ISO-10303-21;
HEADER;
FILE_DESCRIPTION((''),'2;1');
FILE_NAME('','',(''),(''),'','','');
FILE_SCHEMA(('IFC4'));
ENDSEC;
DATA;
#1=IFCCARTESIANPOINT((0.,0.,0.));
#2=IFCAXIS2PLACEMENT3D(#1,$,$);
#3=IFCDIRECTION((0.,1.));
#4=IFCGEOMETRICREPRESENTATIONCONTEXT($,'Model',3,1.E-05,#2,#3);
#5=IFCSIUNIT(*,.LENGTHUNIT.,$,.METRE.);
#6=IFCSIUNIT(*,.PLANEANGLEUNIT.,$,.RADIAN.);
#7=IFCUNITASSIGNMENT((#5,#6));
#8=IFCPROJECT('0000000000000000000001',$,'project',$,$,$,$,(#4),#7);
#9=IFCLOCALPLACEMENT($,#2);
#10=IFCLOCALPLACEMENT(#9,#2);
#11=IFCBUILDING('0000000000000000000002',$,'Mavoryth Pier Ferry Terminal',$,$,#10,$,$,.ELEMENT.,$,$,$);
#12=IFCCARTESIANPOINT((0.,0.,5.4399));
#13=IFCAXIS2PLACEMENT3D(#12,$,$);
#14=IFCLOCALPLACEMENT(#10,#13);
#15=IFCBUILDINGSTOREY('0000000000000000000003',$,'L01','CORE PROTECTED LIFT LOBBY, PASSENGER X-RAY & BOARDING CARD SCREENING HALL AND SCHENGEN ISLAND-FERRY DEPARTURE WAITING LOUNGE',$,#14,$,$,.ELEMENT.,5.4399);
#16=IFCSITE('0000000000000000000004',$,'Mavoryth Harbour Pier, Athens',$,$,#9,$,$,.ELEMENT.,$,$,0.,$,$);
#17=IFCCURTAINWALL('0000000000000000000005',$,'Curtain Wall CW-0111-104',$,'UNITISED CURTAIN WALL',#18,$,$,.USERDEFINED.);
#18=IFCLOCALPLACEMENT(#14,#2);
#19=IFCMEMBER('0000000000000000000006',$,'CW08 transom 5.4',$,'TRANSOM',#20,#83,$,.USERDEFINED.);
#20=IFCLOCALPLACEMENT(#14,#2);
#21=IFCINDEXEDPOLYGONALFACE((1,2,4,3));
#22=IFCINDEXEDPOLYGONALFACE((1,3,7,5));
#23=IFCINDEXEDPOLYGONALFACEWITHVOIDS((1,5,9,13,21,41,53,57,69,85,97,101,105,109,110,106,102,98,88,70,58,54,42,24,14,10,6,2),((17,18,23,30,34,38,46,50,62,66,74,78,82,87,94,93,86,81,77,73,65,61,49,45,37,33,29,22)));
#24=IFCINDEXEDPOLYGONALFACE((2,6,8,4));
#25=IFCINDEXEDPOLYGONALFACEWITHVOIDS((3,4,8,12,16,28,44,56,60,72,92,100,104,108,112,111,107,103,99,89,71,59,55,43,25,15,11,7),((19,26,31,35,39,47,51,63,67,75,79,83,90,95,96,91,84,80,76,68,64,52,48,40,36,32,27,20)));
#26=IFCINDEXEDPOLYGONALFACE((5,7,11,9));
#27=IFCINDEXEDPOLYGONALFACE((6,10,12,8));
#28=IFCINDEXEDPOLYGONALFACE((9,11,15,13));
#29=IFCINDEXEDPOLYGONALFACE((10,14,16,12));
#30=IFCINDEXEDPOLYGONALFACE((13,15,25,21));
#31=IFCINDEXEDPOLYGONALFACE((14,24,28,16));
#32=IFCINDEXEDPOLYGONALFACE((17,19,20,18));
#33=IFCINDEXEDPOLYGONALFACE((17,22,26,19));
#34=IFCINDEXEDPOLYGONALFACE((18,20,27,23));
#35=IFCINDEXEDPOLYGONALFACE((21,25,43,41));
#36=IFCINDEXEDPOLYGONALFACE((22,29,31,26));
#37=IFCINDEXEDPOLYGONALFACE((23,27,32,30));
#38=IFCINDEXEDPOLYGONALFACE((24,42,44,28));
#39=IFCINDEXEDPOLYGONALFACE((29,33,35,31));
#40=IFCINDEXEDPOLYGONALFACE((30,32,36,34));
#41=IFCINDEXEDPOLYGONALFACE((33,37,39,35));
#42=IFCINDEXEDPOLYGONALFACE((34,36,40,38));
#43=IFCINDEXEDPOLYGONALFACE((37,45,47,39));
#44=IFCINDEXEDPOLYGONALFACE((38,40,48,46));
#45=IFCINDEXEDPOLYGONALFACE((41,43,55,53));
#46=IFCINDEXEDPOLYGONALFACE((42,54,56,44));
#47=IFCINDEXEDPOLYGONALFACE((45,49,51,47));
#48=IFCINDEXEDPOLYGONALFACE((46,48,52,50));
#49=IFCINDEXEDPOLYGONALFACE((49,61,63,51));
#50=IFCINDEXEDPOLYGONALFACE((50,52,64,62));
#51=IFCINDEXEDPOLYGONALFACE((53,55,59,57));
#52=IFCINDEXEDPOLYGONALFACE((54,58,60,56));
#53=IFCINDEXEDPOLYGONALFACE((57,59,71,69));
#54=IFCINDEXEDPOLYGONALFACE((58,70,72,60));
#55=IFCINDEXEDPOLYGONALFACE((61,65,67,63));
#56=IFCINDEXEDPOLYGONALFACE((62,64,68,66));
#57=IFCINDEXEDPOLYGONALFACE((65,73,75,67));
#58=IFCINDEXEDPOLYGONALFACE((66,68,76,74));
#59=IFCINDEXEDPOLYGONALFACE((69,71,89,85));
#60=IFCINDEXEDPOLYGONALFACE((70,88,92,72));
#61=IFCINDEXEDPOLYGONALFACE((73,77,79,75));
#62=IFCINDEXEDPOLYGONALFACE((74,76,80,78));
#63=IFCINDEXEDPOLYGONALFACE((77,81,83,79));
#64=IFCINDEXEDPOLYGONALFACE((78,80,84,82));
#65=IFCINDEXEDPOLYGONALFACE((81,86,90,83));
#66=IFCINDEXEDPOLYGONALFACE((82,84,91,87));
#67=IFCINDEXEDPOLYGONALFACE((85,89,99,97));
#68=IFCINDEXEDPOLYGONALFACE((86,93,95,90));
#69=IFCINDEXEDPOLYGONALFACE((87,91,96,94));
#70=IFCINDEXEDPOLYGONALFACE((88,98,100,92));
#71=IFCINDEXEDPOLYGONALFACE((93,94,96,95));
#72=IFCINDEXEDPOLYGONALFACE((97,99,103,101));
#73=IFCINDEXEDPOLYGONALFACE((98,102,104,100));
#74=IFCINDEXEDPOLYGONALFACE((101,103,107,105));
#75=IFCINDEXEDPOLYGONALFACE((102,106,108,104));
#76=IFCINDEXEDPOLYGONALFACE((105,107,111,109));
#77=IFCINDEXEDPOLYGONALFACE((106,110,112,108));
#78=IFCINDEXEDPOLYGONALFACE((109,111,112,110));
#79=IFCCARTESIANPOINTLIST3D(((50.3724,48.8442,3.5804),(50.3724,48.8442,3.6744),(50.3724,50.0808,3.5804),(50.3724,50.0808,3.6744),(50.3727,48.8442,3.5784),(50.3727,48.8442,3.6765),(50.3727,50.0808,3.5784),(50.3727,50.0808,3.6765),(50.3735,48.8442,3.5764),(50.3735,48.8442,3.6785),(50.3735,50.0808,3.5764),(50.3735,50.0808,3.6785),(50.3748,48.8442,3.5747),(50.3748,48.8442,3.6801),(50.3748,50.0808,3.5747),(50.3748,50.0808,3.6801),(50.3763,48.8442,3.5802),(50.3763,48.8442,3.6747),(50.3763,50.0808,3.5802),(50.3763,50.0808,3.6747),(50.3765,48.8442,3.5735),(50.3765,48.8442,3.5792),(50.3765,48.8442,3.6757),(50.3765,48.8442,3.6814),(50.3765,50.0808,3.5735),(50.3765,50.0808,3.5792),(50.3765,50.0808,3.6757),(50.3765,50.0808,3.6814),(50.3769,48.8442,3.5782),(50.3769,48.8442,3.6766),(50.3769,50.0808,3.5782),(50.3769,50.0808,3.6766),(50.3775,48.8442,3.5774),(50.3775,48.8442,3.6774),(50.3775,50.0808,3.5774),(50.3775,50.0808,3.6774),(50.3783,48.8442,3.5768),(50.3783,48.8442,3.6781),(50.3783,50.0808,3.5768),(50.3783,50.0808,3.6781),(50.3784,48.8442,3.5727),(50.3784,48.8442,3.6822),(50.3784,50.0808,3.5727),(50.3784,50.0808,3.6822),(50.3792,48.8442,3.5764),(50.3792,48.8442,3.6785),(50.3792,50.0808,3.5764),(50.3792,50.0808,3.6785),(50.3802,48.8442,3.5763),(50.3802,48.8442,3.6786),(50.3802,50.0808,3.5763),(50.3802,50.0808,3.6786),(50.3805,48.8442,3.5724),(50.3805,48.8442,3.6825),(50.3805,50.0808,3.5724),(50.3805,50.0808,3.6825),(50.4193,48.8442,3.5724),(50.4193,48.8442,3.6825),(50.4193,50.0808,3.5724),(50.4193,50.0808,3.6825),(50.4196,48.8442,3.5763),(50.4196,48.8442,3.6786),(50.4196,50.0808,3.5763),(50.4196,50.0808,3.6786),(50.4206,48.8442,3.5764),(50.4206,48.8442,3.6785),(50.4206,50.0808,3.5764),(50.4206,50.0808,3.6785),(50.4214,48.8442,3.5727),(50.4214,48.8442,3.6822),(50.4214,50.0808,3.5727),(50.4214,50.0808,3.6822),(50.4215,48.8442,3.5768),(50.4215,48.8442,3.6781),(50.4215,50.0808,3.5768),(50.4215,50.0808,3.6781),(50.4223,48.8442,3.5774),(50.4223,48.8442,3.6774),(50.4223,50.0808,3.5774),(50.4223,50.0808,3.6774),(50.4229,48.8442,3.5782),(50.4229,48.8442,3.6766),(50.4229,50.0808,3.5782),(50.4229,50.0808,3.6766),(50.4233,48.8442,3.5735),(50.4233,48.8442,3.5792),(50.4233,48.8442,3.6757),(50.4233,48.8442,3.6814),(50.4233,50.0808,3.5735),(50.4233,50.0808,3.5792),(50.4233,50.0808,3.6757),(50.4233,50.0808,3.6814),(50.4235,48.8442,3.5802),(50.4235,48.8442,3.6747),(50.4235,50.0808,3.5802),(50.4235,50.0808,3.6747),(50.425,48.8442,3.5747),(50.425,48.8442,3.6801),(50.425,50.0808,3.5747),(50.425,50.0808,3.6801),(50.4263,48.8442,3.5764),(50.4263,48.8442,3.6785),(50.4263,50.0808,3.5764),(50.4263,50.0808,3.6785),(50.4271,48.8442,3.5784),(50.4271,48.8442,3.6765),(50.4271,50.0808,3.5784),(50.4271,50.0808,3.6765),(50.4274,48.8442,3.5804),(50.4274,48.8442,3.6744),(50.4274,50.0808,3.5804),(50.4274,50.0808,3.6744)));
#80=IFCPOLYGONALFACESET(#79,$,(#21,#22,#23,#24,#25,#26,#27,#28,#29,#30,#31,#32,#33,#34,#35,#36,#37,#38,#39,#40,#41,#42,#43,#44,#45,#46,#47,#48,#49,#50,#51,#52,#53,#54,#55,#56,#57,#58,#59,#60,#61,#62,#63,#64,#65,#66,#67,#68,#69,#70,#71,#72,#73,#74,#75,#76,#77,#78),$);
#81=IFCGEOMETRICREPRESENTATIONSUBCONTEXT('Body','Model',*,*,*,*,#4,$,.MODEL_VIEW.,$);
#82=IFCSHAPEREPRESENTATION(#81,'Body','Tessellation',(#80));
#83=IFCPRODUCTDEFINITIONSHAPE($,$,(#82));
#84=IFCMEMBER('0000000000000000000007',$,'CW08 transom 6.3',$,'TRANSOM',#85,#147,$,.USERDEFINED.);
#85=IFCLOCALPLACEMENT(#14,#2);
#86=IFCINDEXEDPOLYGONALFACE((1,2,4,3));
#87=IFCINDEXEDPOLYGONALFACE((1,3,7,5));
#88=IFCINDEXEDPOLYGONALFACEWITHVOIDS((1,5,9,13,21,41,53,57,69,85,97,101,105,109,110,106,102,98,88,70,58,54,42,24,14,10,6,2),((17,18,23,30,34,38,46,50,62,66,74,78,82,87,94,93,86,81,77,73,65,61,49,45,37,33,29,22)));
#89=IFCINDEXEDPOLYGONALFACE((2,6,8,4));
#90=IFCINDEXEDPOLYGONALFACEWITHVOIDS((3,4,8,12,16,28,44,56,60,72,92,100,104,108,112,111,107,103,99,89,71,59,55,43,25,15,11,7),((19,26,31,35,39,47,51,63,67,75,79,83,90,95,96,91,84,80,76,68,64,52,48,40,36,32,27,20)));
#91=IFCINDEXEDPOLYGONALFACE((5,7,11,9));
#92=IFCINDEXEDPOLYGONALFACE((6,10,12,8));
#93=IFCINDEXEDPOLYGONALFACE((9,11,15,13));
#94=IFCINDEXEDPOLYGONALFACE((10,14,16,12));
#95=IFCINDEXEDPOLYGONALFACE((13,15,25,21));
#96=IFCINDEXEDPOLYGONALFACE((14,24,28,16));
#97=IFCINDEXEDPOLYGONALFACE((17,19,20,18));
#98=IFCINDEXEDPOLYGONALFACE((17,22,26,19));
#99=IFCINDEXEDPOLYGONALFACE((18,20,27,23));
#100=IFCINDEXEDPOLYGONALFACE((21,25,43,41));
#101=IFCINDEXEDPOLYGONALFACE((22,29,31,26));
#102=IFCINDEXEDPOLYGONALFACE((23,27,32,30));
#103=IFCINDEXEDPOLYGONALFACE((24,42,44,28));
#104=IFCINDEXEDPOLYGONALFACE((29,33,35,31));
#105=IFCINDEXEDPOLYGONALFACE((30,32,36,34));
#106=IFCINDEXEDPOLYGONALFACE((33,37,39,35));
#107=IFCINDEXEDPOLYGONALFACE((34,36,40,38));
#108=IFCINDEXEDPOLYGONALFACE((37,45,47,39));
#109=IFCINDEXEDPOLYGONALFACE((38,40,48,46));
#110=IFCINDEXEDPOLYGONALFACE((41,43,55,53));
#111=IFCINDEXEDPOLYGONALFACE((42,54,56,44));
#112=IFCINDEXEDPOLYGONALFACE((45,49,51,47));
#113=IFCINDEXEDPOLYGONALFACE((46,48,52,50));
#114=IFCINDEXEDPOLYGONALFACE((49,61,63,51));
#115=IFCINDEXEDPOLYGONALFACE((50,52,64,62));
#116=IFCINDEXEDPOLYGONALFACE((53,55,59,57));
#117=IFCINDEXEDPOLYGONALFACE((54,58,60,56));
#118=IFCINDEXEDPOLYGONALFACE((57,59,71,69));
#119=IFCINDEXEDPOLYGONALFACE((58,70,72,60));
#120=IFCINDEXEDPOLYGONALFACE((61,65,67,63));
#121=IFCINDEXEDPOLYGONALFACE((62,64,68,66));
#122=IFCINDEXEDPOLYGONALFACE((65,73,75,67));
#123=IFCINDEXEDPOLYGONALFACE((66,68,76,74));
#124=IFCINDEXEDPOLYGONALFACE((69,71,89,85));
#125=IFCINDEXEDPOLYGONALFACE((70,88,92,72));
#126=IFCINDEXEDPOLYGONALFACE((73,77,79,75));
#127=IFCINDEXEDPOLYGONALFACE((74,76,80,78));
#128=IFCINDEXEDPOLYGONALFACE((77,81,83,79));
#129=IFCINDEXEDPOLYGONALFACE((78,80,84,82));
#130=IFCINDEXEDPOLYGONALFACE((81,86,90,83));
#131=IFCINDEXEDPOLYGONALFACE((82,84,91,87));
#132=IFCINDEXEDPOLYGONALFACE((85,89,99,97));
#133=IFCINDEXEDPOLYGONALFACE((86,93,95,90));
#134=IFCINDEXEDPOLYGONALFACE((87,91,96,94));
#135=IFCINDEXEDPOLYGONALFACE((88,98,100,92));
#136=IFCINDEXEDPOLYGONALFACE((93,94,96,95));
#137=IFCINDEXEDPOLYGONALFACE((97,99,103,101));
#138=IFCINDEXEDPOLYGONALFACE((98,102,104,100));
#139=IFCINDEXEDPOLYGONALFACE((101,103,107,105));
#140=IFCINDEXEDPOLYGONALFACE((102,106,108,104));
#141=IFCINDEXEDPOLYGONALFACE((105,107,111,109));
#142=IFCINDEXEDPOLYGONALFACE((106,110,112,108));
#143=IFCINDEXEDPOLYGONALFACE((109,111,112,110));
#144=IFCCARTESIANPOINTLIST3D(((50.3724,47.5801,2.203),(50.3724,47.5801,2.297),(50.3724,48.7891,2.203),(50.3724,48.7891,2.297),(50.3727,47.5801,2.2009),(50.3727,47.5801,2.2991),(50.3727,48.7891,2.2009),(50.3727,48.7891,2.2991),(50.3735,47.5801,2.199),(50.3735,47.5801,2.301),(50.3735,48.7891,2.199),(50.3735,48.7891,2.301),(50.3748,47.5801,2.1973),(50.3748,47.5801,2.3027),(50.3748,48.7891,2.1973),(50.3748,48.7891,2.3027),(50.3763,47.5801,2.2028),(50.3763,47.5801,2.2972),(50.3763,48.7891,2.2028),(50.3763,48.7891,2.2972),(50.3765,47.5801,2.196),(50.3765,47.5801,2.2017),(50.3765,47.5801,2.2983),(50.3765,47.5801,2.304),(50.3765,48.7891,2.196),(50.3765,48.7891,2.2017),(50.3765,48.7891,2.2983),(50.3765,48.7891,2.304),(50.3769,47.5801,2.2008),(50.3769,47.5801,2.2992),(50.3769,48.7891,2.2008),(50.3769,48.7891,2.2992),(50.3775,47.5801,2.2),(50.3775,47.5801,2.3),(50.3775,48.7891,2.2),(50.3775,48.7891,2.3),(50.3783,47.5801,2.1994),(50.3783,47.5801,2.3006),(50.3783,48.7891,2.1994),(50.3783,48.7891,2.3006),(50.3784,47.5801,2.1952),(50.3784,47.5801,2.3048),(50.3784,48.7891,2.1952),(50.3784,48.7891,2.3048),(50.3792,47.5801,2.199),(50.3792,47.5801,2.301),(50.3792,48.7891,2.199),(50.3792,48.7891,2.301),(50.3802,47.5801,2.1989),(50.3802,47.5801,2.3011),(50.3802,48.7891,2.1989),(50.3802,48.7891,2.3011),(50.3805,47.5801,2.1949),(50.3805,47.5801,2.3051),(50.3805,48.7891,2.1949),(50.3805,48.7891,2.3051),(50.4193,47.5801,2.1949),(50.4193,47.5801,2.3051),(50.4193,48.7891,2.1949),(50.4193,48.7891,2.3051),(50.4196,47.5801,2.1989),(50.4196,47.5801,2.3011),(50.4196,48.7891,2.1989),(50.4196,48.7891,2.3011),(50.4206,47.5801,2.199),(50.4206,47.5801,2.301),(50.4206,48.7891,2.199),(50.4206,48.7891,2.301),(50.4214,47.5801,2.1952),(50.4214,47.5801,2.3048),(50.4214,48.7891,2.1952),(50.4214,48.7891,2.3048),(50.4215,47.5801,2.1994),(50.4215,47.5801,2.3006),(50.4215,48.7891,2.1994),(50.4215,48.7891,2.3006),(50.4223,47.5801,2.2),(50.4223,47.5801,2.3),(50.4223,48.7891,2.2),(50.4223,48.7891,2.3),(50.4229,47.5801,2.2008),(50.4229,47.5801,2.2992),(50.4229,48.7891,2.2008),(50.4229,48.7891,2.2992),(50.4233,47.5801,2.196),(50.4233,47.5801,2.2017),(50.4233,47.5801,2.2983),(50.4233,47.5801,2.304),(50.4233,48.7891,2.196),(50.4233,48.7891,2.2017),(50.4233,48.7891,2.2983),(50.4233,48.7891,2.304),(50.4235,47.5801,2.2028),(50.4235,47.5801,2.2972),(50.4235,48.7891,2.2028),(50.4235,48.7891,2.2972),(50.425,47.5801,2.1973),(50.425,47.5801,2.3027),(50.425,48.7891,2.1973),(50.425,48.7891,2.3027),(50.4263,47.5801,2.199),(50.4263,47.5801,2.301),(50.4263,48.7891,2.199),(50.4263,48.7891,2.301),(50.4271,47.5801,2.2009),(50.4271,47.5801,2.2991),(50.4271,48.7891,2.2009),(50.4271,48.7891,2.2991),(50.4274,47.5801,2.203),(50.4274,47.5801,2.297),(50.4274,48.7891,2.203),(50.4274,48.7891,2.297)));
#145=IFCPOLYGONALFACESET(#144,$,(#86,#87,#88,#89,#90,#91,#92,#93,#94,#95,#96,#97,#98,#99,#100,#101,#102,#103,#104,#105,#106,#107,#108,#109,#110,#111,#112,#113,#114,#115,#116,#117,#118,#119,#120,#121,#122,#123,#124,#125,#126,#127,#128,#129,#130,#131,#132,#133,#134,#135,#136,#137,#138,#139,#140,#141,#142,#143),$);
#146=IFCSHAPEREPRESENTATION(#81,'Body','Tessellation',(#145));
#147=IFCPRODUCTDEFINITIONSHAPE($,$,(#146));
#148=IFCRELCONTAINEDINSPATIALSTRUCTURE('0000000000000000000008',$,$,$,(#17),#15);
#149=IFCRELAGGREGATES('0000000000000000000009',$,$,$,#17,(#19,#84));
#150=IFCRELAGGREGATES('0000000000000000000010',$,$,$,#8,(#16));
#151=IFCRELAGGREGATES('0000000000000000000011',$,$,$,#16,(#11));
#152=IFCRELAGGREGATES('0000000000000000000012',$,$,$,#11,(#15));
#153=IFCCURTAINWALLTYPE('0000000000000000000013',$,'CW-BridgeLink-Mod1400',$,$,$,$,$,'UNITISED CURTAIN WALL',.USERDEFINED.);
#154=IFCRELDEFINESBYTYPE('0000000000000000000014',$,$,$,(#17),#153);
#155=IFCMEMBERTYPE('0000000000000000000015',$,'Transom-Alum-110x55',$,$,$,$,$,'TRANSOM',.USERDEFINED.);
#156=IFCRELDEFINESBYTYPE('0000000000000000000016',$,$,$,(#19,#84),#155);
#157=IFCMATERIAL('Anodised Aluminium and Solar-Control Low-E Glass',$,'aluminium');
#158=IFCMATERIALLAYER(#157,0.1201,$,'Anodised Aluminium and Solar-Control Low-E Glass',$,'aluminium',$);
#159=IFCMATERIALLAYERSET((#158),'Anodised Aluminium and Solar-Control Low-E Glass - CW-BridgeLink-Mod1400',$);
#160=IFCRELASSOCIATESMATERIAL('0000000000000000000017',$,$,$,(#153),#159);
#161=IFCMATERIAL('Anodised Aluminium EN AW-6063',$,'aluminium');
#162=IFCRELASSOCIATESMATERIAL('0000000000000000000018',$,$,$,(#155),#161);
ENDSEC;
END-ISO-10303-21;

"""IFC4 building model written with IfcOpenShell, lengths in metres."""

from ifc_helpers import new_model, si_unit, direction, frame, origin, origin_2d, place, context, subcontext, project, spatial, hollow_rectangle, extrude, material, layer, layer_set, material_profile, profile_set, type_object, element, aggregate, save


model = new_model("IFC4")

# Units and contexts
model_context = context("Model", 3, precision=1e-05, world=origin(), true_north=direction((0.0, 1.0)))
body_context = subcontext(model_context, "Body", "Model", "MODEL_VIEW")
ifc_project = project(units=[si_unit("LENGTHUNIT", "METRE"), si_unit("PLANEANGLEUNIT", "RADIAN")], contexts=[model_context])

# Site, building, storey
site_placement = place(None, origin())
site = spatial("IfcSite", under=ifc_project, at=site_placement, Name="Mavoryth Harbour Pier, Athens", CompositionType="ELEMENT", RefElevation=0.0)
building_placement = place(site_placement, origin())
building = spatial("IfcBuilding", under=site, at=building_placement, Name="Mavoryth Pier Ferry Terminal", CompositionType="ELEMENT")
storey_placement = place(building_placement, frame((0.0, 0.0, 5.4399)))
storey = spatial("IfcBuildingStorey", under=building, at=storey_placement, Name="L01", Description="CORE PROTECTED LIFT LOBBY, PASSENGER X-RAY & BOARDING CARD SCREENING HALL AND SCHENGEN ISLAND-FERRY DEPARTURE WAITING LOUNGE", CompositionType="ELEMENT", Elevation=5.4399)

# Curtain wall, members
ifc_material_1 = material(Name="Anodised Aluminium and Solar-Control Low-E Glass", Category="aluminium")
ifc_layer_1 = layer(ifc_material_1, 0.1201, Name="Anodised Aluminium and Solar-Control Low-E Glass", Category="aluminium")
ifc_layer_set_1 = layer_set([ifc_layer_1], Name="Anodised Aluminium and Solar-Control Low-E Glass - CW-BridgeLink-Mod1400")
curtain_wall_type = type_object("IfcCurtainWallType", Name="CW-BridgeLink-Mod1400", ElementType="UNITISED CURTAIN WALL", PredefinedType="USERDEFINED", material=ifc_layer_set_1)
curtain_wall_placement = place(storey_placement, origin())
curtain_wall = element("IfcCurtainWall", 1, at=curtain_wall_placement, inside=storey, type_object=curtain_wall_type, Name="Curtain Wall CW-0111-104", ObjectType="UNITISED CURTAIN WALL", PredefinedType="USERDEFINED")
ifc_material_2 = material(Name="Anodised Aluminium EN AW-6063", Category="aluminium")
ifc_material_profile_1 = material_profile(ifc_material_2, hollow_rectangle(XDim=0.0549, YDim=0.1101, WallThickness=0.0039, InnerFilletRadius=0.0039, OuterFilletRadius=0.0081, at=origin_2d()), Name="AL-TRAN 110x55x4", Category="aluminium")
ifc_profile_set_1 = profile_set([ifc_material_profile_1], Name="Anodised Aluminium EN AW-6063 - AL-TRAN 110x55x4")
member_type_1 = type_object("IfcMemberType", Name="Transom-Alum-110x55", ElementType="TRANSOM", PredefinedType="USERDEFINED", material=ifc_profile_set_1)
member_1_placement = place(storey_placement, frame((50.3999, 50.0808, 3.6274), z_axis=(0.0, -1.0, 0.0), x_axis=(1.0, 0.0, 0.0)))
member_1 = element("IfcMember", 2, at=member_1_placement, type_object=member_type_1, Name="CW08 transom 5.4", ObjectType="TRANSOM", PredefinedType="USERDEFINED", context=body_context, shape_type="SweptSolid", body=[
    extrude(hollow_rectangle(XDim=0.0549, YDim=0.1101, WallThickness=0.0039, InnerFilletRadius=0.0039, OuterFilletRadius=0.0081, at=origin_2d()), origin(), (0.0, 0.0, 1.0), 1.2366),
])
member_2_placement = place(storey_placement, frame((50.3999, 48.7891, 2.25), z_axis=(0.0, -1.0, 0.0), x_axis=(1.0, 0.0, 0.0)))
member_2 = element("IfcMember", 3, at=member_2_placement, type_object=member_type_1, Name="CW08 transom 6.3", ObjectType="TRANSOM", PredefinedType="USERDEFINED", context=body_context, shape_type="SweptSolid", body=[
    extrude(hollow_rectangle(XDim=0.0549, YDim=0.1101, WallThickness=0.0039, InnerFilletRadius=0.0039, OuterFilletRadius=0.0081, at=origin_2d()), origin(), (0.0, 0.0, 1.0), 1.209),
])
aggregate(curtain_wall, [member_1, member_2])

save(model, "model.ifc")
